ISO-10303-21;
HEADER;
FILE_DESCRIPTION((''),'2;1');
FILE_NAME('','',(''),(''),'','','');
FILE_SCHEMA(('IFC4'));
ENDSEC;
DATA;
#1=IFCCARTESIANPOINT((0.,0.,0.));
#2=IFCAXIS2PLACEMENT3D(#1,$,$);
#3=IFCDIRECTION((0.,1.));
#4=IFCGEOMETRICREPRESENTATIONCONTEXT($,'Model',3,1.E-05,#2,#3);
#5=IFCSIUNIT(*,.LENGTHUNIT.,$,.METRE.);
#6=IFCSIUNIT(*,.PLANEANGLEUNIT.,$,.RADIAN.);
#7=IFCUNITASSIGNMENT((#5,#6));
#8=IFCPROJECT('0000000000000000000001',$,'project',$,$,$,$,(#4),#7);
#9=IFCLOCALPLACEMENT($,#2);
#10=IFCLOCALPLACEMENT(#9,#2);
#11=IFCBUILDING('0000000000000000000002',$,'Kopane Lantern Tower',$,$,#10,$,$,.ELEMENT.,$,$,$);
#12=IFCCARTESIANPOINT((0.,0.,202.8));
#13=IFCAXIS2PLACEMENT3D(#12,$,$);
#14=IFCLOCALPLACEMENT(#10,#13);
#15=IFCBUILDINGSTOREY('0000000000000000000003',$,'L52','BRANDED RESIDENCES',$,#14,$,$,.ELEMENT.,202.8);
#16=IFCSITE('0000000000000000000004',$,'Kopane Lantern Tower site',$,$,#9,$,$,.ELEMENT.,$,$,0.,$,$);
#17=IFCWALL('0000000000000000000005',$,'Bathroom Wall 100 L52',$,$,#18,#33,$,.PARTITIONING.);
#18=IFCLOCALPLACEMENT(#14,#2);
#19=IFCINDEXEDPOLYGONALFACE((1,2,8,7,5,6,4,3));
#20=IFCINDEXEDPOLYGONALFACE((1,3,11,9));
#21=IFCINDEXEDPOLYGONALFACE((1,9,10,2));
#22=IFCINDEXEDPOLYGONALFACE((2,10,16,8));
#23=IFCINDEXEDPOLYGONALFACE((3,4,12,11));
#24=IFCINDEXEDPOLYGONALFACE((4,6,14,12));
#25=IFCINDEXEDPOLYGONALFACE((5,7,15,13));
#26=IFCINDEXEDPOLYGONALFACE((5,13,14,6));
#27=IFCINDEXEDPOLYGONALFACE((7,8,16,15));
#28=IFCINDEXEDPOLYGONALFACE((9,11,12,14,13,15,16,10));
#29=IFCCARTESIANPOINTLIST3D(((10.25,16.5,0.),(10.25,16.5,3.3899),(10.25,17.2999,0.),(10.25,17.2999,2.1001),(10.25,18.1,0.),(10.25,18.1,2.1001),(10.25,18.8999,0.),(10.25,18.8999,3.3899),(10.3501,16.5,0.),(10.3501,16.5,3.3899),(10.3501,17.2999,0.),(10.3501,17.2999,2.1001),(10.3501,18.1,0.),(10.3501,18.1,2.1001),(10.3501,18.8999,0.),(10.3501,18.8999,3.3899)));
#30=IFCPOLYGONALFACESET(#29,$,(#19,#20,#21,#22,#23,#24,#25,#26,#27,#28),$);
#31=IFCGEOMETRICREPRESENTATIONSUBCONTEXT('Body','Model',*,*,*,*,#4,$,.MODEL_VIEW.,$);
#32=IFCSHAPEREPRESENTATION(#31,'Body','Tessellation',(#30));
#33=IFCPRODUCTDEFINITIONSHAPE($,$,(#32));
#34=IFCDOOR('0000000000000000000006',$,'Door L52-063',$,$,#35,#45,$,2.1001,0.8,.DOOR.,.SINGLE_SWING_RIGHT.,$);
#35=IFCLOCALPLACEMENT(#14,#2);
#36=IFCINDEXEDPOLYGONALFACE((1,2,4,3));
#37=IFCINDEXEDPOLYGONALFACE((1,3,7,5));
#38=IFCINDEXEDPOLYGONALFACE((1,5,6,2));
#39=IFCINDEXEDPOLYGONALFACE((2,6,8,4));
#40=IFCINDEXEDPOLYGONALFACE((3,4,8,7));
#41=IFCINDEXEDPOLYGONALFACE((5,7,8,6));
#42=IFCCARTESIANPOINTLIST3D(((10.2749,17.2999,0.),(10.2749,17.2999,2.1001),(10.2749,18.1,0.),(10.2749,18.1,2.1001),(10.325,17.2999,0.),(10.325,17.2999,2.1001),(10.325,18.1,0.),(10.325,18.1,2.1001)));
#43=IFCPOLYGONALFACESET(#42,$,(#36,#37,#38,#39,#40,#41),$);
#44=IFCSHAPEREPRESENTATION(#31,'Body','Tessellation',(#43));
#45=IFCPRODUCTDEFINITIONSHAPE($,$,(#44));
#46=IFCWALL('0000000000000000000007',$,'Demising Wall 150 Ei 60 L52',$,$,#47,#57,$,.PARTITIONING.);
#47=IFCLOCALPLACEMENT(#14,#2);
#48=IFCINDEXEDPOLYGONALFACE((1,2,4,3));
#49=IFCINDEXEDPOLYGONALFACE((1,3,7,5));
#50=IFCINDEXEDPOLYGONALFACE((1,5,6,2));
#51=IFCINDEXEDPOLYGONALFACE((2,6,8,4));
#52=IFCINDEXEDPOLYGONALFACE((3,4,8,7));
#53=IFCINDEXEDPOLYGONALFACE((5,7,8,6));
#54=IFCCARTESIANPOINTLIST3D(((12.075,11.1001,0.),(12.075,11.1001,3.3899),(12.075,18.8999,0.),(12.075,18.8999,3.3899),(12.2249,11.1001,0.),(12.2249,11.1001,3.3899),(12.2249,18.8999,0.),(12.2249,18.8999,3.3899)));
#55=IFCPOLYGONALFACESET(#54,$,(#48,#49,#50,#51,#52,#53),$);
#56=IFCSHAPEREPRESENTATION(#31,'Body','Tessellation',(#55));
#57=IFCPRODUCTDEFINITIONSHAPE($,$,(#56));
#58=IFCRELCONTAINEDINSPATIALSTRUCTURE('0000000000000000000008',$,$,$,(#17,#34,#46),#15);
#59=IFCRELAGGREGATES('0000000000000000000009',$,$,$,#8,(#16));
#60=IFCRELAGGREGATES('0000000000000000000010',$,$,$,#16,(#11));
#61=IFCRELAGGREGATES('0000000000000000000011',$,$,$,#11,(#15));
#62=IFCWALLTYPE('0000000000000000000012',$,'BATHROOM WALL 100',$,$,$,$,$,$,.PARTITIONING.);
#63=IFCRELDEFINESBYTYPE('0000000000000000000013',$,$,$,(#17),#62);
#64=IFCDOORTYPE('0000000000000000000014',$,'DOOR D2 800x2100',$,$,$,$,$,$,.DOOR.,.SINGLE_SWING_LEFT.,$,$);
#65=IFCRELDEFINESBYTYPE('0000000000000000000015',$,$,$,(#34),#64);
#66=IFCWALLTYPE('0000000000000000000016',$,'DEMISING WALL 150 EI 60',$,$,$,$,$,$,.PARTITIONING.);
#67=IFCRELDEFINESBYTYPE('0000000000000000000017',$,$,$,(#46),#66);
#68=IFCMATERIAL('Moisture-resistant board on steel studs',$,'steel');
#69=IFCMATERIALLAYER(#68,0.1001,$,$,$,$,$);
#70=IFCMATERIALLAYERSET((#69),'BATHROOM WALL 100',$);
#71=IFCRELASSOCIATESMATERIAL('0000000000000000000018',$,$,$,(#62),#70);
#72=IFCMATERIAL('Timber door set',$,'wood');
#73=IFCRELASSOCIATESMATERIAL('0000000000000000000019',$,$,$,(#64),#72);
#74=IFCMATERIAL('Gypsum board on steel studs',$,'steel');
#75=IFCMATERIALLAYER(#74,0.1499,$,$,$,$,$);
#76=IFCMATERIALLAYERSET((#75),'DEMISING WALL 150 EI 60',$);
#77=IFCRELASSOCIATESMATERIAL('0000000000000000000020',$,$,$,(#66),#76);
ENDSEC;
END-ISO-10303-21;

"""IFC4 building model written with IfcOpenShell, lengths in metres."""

from ifc_helpers import new_model, si_unit, direction, frame, frame_2d, origin, place, context, subcontext, project, spatial, rectangle, extrude, material, layer, layer_set, type_object, element, fill, save


model = new_model("IFC4")

# Units and contexts
model_context = context("Model", 3, precision=1e-05, world=origin(), true_north=direction((0.0, 1.0)))
body_context = subcontext(model_context, "Body", "Model", "MODEL_VIEW")
ifc_project = project(units=[si_unit("LENGTHUNIT", "METRE"), si_unit("PLANEANGLEUNIT", "RADIAN")], contexts=[model_context])

# Site, building, storey
site_placement = place(None, origin())
site = spatial("IfcSite", under=ifc_project, at=site_placement, Name="Kopane Lantern Tower site", CompositionType="ELEMENT", RefElevation=0.0)
building_placement = place(site_placement, origin())
building = spatial("IfcBuilding", under=site, at=building_placement, Name="Kopane Lantern Tower", CompositionType="ELEMENT")
storey_placement = place(building_placement, frame((0.0, 0.0, 202.8)))
storey = spatial("IfcBuildingStorey", under=building, at=storey_placement, Name="L52", Description="BRANDED RESIDENCES", CompositionType="ELEMENT", Elevation=202.8)

# Wall, opening, door
ifc_material_1 = material(Name="Moisture-resistant board on steel studs", Category="steel")
ifc_layer_1 = layer(ifc_material_1, 0.1001)
ifc_layer_set_1 = layer_set([ifc_layer_1], Name="BATHROOM WALL 100")
wall_type_1 = type_object("IfcWallType", Name="BATHROOM WALL 100", PredefinedType="PARTITIONING", material=ifc_layer_set_1)
wall_1_placement = place(storey_placement, frame((10.3, 18.8999, 0.0), z_axis=(0.0, 0.0, 1.0), x_axis=(0.0, -1.0, 0.0)))
wall_1 = element("IfcWall", 1, at=wall_1_placement, inside=storey, type_object=wall_type_1, Name="Bathroom Wall 100 L52", PredefinedType="PARTITIONING", context=body_context, shape_type="SweptSolid", body=[
    extrude(rectangle(XDim=2.3999, YDim=0.1001, at=frame_2d((1.2, 0.0))), origin(), (0.0, 0.0, 1.0), 3.3899),
])
opening_placement = place(wall_1_placement, frame((0.8, 0.0, 0.0)))
opening = element("IfcOpeningElement", 2, at=opening_placement, cuts=wall_1, PredefinedType="OPENING", context=body_context, shape_type="SweptSolid", body=[
    extrude(rectangle(XDim=0.8, YDim=2.1001, at=frame_2d((0.3999, 1.05))), frame((0.0, 0.0601, 0.0), z_axis=(0.0, -1.0, 0.0), x_axis=(1.0, 0.0, 0.0)), (0.0, 0.0, 1.0), 0.1201),
])
ifc_material_2 = material(Name="Timber door set", Category="wood")
door_type = type_object("IfcDoorType", Name="DOOR D2 800x2100", OperationType="SINGLE_SWING_LEFT", PredefinedType="DOOR", material=ifc_material_2)
door_placement = place(opening_placement, origin())
door = element("IfcDoor", 3, at=door_placement, inside=storey, type_object=door_type, Name="Door L52-063", OperationType="SINGLE_SWING_RIGHT", OverallHeight=2.1001, OverallWidth=0.8, PredefinedType="DOOR", context=body_context, shape_type="SweptSolid", body=[
    extrude(rectangle(XDim=0.8, YDim=2.1001, at=frame_2d((0.3999, 1.05))), frame((0.0, 0.0249, 0.0), z_axis=(0.0, -1.0, 0.0), x_axis=(1.0, 0.0, 0.0)), (0.0, 0.0, 1.0), 0.05),
])
fill(opening, door)

# Wall
ifc_material_3 = material(Name="Gypsum board on steel studs", Category="steel")
ifc_layer_2 = layer(ifc_material_3, 0.1499)
ifc_layer_set_2 = layer_set([ifc_layer_2], Name="DEMISING WALL 150 EI 60")
wall_type_2 = type_object("IfcWallType", Name="DEMISING WALL 150 EI 60", PredefinedType="PARTITIONING", material=ifc_layer_set_2)
wall_2_placement = place(storey_placement, frame((12.1499, 18.8999, 0.0), z_axis=(0.0, 0.0, 1.0), x_axis=(0.0, -1.0, 0.0)))
element("IfcWall", 4, at=wall_2_placement, inside=storey, type_object=wall_type_2, Name="Demising Wall 150 Ei 60 L52", PredefinedType="PARTITIONING", context=body_context, shape_type="SweptSolid", body=[
    extrude(rectangle(XDim=7.7998, YDim=0.1499, at=frame_2d((3.8999, 0.0))), origin(), (0.0, 0.0, 1.0), 3.3899),
])

save(model, "model.ifc")
